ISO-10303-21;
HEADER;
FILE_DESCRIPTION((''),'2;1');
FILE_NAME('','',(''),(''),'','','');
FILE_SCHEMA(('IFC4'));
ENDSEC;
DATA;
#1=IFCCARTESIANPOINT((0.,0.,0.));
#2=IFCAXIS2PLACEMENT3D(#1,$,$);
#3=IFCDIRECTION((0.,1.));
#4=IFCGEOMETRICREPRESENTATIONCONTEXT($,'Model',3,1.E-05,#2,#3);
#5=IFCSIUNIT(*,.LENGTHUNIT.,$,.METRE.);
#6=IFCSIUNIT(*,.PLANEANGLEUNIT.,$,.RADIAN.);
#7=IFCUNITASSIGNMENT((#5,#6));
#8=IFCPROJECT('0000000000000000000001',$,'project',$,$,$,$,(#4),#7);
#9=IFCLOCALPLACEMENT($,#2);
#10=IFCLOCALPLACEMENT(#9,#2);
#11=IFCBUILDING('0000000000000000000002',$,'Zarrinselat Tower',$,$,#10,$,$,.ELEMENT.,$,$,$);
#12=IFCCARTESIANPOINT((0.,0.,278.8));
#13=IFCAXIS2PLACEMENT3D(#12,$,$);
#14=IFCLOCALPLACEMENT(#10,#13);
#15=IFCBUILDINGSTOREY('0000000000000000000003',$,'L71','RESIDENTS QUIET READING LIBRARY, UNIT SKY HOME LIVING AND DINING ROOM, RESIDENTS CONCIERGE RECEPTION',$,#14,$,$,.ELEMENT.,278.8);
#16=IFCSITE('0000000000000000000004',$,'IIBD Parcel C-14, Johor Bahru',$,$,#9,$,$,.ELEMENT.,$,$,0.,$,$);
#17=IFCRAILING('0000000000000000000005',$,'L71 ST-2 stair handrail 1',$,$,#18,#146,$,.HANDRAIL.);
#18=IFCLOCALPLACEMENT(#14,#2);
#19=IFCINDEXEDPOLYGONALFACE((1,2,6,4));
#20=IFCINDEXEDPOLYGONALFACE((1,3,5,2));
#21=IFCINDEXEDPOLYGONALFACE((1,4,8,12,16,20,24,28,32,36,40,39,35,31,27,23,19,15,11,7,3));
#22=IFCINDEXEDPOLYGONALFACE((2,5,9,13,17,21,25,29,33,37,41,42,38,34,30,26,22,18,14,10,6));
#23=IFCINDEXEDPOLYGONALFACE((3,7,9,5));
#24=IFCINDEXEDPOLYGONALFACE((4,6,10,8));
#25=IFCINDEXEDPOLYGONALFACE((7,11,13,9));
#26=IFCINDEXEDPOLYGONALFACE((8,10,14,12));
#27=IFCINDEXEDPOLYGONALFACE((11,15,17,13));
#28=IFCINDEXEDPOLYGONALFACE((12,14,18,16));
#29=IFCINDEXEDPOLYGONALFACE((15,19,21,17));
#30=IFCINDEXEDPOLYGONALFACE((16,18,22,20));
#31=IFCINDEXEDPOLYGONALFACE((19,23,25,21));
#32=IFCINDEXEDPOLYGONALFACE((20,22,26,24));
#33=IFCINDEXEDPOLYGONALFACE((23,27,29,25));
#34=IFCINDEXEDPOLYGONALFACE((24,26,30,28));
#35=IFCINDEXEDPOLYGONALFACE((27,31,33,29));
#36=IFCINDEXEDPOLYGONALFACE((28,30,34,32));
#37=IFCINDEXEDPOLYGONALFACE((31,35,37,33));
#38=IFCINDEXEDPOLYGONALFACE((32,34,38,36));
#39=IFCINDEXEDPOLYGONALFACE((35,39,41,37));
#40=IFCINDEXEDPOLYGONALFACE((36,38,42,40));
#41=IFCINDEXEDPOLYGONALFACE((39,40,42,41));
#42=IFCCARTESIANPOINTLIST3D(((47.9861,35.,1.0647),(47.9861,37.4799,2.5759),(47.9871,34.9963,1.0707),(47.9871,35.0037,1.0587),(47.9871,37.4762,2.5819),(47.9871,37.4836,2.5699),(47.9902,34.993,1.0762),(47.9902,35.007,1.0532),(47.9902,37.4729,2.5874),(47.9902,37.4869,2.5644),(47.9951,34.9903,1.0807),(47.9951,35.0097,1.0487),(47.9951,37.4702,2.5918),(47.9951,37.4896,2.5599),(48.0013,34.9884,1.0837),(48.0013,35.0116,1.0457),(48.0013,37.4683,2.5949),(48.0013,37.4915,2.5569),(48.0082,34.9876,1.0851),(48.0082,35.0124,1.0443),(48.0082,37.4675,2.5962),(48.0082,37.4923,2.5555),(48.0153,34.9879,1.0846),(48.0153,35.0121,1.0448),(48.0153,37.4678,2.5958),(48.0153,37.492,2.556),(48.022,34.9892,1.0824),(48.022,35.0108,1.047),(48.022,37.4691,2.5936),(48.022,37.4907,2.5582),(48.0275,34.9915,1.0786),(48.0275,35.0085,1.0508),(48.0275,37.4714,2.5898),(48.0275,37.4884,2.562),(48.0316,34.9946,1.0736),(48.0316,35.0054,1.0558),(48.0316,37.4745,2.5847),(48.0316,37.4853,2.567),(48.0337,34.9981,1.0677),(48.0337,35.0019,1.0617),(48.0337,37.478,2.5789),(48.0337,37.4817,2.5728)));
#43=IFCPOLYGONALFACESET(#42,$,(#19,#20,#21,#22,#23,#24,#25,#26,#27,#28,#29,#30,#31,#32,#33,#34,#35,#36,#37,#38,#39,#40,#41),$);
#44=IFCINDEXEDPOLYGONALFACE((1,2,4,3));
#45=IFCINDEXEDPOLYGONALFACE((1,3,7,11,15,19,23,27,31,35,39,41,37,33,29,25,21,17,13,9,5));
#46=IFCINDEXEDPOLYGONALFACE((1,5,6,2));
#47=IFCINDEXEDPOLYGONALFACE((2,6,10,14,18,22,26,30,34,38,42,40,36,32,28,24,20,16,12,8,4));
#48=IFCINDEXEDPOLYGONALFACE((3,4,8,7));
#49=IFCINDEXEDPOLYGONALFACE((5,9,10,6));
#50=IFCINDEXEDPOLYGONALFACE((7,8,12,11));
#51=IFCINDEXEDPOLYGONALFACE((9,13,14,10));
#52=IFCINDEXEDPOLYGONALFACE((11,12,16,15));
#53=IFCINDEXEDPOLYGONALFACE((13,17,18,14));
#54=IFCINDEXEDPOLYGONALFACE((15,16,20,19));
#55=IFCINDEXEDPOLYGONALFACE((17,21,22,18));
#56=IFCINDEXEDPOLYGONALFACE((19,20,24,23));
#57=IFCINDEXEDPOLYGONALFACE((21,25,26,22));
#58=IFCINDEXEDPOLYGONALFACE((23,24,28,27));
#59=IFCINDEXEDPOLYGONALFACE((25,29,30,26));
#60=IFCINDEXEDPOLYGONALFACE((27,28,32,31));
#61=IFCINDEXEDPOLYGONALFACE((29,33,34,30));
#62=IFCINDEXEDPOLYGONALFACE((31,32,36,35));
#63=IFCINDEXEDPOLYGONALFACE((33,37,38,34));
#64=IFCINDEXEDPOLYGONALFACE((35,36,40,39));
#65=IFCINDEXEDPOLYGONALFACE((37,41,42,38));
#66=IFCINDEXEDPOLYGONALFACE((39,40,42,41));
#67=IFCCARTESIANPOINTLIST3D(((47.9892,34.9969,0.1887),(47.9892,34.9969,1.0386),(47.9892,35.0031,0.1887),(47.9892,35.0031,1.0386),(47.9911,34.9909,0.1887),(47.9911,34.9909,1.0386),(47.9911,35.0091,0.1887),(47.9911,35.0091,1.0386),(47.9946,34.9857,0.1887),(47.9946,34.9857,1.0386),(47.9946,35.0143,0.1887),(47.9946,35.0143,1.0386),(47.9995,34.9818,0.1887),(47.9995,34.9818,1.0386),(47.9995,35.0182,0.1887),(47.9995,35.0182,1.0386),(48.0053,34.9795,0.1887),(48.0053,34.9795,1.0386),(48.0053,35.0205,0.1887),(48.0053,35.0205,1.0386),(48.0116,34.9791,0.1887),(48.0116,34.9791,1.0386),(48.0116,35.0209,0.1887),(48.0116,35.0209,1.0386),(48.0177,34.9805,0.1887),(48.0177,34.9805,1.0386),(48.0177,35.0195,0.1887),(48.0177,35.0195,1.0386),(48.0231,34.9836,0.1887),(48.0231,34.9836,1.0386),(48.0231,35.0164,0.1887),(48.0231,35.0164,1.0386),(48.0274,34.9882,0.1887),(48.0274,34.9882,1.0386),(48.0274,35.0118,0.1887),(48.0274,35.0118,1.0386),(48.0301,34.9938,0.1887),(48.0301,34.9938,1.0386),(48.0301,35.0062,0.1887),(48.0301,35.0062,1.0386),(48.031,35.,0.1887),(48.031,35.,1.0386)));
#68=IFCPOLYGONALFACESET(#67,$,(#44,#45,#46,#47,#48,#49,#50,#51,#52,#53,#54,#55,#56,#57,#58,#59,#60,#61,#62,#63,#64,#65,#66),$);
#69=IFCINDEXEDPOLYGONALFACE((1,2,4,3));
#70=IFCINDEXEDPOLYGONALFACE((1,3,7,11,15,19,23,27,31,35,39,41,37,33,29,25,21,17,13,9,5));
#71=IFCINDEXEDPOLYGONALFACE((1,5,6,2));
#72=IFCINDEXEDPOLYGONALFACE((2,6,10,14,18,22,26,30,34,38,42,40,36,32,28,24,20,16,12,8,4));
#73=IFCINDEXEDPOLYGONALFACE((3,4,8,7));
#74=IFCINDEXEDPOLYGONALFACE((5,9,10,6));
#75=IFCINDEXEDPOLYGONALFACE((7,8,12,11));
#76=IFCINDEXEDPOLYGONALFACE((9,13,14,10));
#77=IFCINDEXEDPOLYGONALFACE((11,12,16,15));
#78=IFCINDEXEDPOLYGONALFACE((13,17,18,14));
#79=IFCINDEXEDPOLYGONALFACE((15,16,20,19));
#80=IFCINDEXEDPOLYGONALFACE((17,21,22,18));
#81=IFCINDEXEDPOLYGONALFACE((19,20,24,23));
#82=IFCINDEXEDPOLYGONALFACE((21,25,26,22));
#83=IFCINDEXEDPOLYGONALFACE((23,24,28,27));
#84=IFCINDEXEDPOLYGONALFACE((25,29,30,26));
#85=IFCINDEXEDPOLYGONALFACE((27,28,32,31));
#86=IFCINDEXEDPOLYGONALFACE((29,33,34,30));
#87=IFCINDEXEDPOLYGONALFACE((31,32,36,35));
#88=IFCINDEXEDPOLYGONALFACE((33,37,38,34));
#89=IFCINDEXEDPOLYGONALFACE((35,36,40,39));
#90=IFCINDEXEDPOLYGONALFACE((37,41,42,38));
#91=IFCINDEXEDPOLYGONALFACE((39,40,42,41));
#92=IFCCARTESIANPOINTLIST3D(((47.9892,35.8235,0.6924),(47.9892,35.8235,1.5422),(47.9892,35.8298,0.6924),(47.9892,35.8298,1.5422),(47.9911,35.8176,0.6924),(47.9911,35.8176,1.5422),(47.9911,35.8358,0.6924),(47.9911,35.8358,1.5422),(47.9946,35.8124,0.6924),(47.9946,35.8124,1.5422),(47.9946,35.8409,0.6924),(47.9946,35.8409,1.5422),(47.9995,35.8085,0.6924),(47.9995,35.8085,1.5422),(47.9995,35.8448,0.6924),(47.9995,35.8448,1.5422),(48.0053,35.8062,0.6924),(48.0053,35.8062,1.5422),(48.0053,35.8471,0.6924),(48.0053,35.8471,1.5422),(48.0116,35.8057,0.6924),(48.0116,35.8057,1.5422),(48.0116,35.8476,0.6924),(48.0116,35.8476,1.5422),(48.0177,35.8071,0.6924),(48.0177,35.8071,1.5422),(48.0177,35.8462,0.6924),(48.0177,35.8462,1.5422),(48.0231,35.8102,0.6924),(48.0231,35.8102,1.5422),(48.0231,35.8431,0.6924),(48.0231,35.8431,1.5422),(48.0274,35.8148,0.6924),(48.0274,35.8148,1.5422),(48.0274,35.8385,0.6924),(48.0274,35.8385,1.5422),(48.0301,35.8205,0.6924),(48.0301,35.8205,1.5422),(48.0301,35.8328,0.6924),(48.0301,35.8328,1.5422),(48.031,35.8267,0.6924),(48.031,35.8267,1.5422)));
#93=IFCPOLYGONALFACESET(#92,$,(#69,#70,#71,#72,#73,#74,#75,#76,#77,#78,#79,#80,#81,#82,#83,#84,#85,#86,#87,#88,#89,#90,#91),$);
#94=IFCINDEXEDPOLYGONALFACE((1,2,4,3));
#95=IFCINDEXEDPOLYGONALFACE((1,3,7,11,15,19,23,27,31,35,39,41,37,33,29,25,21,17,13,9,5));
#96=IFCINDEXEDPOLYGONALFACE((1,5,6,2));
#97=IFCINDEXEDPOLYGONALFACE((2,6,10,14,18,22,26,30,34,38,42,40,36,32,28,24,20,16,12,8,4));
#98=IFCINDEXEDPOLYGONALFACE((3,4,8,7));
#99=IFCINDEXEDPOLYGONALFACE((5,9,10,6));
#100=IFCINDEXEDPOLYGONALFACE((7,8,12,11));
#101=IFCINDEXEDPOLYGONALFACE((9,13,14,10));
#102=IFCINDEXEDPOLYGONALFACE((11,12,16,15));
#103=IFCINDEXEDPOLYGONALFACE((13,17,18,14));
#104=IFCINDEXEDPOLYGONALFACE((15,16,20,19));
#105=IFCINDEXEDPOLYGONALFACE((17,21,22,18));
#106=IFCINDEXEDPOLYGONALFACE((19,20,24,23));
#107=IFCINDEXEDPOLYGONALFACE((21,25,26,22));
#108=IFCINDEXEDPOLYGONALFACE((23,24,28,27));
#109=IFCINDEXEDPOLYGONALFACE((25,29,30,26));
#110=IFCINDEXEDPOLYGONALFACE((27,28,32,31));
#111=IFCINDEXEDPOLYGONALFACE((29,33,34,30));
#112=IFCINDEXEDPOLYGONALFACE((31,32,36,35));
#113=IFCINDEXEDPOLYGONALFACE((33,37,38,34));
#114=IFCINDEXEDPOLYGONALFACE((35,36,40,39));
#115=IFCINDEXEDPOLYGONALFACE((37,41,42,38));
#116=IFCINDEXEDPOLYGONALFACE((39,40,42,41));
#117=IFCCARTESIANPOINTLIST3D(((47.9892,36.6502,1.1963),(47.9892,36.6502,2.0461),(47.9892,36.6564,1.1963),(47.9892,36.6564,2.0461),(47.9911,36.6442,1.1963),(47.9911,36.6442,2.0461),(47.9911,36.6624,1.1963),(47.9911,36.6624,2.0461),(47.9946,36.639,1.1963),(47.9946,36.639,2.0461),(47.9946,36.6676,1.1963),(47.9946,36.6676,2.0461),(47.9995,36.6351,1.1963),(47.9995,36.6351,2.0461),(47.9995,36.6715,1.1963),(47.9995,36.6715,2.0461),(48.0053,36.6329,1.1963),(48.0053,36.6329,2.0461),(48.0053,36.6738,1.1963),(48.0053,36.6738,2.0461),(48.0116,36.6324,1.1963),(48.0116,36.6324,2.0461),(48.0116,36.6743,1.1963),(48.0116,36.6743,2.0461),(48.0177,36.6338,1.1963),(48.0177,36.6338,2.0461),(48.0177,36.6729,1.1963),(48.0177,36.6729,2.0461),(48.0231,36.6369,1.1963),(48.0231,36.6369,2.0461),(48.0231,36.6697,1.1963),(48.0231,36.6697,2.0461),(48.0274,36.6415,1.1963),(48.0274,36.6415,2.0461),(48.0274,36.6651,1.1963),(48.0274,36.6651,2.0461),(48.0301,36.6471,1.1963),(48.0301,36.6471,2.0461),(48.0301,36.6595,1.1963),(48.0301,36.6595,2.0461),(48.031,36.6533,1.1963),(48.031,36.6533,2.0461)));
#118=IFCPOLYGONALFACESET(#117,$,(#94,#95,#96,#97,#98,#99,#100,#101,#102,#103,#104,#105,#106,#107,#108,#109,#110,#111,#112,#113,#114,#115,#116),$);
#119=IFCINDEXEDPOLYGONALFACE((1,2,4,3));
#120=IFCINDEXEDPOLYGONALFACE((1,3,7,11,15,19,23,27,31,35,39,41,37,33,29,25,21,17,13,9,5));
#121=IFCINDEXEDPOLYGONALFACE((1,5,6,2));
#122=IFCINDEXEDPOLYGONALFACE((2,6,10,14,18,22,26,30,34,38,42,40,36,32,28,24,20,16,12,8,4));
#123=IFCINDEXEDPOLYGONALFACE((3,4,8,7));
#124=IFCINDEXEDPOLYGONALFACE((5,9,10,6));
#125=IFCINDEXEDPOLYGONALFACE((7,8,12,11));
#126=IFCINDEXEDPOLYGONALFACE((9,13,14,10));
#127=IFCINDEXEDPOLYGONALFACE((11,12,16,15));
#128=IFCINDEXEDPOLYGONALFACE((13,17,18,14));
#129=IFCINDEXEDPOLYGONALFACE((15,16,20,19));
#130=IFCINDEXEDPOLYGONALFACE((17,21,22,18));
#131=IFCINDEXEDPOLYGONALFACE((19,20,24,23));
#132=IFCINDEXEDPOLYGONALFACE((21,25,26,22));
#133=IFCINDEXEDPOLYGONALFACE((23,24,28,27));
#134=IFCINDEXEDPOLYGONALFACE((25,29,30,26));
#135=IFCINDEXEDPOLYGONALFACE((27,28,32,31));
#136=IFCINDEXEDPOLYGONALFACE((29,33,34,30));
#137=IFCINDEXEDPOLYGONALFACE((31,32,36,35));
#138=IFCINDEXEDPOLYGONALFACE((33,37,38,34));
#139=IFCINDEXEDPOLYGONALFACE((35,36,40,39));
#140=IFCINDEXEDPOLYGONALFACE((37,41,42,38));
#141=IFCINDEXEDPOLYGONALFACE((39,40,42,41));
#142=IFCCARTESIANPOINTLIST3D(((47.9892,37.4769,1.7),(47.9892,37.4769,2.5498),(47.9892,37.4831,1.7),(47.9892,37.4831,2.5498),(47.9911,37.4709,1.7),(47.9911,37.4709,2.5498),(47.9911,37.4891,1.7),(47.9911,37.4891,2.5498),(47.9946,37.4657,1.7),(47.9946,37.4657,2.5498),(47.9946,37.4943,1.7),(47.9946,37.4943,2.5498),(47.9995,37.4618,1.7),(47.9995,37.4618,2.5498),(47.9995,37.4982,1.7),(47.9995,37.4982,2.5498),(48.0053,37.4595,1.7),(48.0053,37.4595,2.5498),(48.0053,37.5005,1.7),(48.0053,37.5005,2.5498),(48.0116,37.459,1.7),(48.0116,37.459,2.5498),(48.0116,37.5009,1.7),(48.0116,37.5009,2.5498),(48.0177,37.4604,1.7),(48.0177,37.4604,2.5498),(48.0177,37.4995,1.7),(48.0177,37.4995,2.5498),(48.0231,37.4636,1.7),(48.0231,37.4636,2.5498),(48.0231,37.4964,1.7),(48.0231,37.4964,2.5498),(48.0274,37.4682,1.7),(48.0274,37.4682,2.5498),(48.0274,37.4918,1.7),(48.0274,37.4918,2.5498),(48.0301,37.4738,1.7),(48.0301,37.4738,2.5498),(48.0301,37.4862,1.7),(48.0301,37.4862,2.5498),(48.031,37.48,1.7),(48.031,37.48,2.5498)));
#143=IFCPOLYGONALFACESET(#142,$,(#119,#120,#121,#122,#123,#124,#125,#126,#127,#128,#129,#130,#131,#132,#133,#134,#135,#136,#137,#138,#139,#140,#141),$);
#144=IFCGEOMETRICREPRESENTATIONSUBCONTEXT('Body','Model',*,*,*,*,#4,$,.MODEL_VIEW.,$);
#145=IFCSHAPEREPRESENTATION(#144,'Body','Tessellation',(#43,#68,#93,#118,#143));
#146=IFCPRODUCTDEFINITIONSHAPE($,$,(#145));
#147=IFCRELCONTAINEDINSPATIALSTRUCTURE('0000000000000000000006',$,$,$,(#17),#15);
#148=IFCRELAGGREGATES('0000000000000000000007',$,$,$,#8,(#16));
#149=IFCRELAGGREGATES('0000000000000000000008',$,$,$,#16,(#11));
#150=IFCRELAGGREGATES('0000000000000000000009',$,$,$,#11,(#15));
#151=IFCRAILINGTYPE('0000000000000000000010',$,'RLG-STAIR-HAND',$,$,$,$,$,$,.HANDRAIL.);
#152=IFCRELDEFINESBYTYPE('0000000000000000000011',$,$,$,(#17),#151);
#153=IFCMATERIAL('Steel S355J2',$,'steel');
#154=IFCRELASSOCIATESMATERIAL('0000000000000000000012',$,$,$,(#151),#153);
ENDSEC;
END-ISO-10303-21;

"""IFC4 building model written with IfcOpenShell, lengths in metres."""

from ifc_helpers import new_model, si_unit, direction, frame, origin, origin_2d, place, context, subcontext, project, spatial, circle, extrude, material, type_object, element, save


model = new_model("IFC4")

# Units and contexts
model_context = context("Model", 3, precision=1e-05, world=origin(), true_north=direction((0.0, 1.0)))
body_context = subcontext(model_context, "Body", "Model", "MODEL_VIEW")
ifc_project = project(units=[si_unit("LENGTHUNIT", "METRE"), si_unit("PLANEANGLEUNIT", "RADIAN")], contexts=[model_context])

# Site, building, storey
site_placement = place(None, origin())
site = spatial("IfcSite", under=ifc_project, at=site_placement, Name="IIBD Parcel C-14, Johor Bahru", CompositionType="ELEMENT", RefElevation=0.0)
building_placement = place(site_placement, origin())
building = spatial("IfcBuilding", under=site, at=building_placement, Name="Zarrinselat Tower", CompositionType="ELEMENT")
storey_placement = place(building_placement, frame((0.0, 0.0, 278.8)))
storey = spatial("IfcBuildingStorey", under=building, at=storey_placement, Name="L71", Description="RESIDENTS QUIET READING LIBRARY, UNIT SKY HOME LIVING AND DINING ROOM, RESIDENTS CONCIERGE RECEPTION", CompositionType="ELEMENT", Elevation=278.8)

# Railing
ifc_material_1 = material(Name="Steel S355J2", Category="steel")
railing_type_1 = type_object("IfcRailingType", Name="RLG-STAIR-HAND", PredefinedType="HANDRAIL", material=ifc_material_1)
railing_1_placement = place(storey_placement, frame((48.01, 35.0, 0.1887)))
element("IfcRailing", 1, at=railing_1_placement, inside=storey, type_object=railing_type_1, Name="L71 ST-2 stair handrail 1", PredefinedType="HANDRAIL", context=body_context, shape_type="SweptSolid", body=[
    extrude(circle(Radius=0.0239, at=origin_2d()), frame((0.0, 0.0, 0.876), z_axis=(0.0, 0.853942, 0.520368), x_axis=(-1.0, 0.0, 0.0)), (0.0, 0.0, 1.0), 2.9041),
    extrude(circle(Radius=0.021, at=origin_2d()), origin(), (0.0, 0.0, 1.0), 0.8499),
    extrude(circle(Radius=0.021, at=origin_2d()), frame((0.0, 0.8267, 0.5037)), (0.0, 0.0, 1.0), 0.8499),
    extrude(circle(Radius=0.021, at=origin_2d()), frame((0.0, 1.6533, 1.0076)), (0.0, 0.0, 1.0), 0.8499),
    extrude(circle(Radius=0.021, at=origin_2d()), frame((0.0, 2.48, 1.5112)), (0.0, 0.0, 1.0), 0.8499),
])

save(model, "model.ifc")
